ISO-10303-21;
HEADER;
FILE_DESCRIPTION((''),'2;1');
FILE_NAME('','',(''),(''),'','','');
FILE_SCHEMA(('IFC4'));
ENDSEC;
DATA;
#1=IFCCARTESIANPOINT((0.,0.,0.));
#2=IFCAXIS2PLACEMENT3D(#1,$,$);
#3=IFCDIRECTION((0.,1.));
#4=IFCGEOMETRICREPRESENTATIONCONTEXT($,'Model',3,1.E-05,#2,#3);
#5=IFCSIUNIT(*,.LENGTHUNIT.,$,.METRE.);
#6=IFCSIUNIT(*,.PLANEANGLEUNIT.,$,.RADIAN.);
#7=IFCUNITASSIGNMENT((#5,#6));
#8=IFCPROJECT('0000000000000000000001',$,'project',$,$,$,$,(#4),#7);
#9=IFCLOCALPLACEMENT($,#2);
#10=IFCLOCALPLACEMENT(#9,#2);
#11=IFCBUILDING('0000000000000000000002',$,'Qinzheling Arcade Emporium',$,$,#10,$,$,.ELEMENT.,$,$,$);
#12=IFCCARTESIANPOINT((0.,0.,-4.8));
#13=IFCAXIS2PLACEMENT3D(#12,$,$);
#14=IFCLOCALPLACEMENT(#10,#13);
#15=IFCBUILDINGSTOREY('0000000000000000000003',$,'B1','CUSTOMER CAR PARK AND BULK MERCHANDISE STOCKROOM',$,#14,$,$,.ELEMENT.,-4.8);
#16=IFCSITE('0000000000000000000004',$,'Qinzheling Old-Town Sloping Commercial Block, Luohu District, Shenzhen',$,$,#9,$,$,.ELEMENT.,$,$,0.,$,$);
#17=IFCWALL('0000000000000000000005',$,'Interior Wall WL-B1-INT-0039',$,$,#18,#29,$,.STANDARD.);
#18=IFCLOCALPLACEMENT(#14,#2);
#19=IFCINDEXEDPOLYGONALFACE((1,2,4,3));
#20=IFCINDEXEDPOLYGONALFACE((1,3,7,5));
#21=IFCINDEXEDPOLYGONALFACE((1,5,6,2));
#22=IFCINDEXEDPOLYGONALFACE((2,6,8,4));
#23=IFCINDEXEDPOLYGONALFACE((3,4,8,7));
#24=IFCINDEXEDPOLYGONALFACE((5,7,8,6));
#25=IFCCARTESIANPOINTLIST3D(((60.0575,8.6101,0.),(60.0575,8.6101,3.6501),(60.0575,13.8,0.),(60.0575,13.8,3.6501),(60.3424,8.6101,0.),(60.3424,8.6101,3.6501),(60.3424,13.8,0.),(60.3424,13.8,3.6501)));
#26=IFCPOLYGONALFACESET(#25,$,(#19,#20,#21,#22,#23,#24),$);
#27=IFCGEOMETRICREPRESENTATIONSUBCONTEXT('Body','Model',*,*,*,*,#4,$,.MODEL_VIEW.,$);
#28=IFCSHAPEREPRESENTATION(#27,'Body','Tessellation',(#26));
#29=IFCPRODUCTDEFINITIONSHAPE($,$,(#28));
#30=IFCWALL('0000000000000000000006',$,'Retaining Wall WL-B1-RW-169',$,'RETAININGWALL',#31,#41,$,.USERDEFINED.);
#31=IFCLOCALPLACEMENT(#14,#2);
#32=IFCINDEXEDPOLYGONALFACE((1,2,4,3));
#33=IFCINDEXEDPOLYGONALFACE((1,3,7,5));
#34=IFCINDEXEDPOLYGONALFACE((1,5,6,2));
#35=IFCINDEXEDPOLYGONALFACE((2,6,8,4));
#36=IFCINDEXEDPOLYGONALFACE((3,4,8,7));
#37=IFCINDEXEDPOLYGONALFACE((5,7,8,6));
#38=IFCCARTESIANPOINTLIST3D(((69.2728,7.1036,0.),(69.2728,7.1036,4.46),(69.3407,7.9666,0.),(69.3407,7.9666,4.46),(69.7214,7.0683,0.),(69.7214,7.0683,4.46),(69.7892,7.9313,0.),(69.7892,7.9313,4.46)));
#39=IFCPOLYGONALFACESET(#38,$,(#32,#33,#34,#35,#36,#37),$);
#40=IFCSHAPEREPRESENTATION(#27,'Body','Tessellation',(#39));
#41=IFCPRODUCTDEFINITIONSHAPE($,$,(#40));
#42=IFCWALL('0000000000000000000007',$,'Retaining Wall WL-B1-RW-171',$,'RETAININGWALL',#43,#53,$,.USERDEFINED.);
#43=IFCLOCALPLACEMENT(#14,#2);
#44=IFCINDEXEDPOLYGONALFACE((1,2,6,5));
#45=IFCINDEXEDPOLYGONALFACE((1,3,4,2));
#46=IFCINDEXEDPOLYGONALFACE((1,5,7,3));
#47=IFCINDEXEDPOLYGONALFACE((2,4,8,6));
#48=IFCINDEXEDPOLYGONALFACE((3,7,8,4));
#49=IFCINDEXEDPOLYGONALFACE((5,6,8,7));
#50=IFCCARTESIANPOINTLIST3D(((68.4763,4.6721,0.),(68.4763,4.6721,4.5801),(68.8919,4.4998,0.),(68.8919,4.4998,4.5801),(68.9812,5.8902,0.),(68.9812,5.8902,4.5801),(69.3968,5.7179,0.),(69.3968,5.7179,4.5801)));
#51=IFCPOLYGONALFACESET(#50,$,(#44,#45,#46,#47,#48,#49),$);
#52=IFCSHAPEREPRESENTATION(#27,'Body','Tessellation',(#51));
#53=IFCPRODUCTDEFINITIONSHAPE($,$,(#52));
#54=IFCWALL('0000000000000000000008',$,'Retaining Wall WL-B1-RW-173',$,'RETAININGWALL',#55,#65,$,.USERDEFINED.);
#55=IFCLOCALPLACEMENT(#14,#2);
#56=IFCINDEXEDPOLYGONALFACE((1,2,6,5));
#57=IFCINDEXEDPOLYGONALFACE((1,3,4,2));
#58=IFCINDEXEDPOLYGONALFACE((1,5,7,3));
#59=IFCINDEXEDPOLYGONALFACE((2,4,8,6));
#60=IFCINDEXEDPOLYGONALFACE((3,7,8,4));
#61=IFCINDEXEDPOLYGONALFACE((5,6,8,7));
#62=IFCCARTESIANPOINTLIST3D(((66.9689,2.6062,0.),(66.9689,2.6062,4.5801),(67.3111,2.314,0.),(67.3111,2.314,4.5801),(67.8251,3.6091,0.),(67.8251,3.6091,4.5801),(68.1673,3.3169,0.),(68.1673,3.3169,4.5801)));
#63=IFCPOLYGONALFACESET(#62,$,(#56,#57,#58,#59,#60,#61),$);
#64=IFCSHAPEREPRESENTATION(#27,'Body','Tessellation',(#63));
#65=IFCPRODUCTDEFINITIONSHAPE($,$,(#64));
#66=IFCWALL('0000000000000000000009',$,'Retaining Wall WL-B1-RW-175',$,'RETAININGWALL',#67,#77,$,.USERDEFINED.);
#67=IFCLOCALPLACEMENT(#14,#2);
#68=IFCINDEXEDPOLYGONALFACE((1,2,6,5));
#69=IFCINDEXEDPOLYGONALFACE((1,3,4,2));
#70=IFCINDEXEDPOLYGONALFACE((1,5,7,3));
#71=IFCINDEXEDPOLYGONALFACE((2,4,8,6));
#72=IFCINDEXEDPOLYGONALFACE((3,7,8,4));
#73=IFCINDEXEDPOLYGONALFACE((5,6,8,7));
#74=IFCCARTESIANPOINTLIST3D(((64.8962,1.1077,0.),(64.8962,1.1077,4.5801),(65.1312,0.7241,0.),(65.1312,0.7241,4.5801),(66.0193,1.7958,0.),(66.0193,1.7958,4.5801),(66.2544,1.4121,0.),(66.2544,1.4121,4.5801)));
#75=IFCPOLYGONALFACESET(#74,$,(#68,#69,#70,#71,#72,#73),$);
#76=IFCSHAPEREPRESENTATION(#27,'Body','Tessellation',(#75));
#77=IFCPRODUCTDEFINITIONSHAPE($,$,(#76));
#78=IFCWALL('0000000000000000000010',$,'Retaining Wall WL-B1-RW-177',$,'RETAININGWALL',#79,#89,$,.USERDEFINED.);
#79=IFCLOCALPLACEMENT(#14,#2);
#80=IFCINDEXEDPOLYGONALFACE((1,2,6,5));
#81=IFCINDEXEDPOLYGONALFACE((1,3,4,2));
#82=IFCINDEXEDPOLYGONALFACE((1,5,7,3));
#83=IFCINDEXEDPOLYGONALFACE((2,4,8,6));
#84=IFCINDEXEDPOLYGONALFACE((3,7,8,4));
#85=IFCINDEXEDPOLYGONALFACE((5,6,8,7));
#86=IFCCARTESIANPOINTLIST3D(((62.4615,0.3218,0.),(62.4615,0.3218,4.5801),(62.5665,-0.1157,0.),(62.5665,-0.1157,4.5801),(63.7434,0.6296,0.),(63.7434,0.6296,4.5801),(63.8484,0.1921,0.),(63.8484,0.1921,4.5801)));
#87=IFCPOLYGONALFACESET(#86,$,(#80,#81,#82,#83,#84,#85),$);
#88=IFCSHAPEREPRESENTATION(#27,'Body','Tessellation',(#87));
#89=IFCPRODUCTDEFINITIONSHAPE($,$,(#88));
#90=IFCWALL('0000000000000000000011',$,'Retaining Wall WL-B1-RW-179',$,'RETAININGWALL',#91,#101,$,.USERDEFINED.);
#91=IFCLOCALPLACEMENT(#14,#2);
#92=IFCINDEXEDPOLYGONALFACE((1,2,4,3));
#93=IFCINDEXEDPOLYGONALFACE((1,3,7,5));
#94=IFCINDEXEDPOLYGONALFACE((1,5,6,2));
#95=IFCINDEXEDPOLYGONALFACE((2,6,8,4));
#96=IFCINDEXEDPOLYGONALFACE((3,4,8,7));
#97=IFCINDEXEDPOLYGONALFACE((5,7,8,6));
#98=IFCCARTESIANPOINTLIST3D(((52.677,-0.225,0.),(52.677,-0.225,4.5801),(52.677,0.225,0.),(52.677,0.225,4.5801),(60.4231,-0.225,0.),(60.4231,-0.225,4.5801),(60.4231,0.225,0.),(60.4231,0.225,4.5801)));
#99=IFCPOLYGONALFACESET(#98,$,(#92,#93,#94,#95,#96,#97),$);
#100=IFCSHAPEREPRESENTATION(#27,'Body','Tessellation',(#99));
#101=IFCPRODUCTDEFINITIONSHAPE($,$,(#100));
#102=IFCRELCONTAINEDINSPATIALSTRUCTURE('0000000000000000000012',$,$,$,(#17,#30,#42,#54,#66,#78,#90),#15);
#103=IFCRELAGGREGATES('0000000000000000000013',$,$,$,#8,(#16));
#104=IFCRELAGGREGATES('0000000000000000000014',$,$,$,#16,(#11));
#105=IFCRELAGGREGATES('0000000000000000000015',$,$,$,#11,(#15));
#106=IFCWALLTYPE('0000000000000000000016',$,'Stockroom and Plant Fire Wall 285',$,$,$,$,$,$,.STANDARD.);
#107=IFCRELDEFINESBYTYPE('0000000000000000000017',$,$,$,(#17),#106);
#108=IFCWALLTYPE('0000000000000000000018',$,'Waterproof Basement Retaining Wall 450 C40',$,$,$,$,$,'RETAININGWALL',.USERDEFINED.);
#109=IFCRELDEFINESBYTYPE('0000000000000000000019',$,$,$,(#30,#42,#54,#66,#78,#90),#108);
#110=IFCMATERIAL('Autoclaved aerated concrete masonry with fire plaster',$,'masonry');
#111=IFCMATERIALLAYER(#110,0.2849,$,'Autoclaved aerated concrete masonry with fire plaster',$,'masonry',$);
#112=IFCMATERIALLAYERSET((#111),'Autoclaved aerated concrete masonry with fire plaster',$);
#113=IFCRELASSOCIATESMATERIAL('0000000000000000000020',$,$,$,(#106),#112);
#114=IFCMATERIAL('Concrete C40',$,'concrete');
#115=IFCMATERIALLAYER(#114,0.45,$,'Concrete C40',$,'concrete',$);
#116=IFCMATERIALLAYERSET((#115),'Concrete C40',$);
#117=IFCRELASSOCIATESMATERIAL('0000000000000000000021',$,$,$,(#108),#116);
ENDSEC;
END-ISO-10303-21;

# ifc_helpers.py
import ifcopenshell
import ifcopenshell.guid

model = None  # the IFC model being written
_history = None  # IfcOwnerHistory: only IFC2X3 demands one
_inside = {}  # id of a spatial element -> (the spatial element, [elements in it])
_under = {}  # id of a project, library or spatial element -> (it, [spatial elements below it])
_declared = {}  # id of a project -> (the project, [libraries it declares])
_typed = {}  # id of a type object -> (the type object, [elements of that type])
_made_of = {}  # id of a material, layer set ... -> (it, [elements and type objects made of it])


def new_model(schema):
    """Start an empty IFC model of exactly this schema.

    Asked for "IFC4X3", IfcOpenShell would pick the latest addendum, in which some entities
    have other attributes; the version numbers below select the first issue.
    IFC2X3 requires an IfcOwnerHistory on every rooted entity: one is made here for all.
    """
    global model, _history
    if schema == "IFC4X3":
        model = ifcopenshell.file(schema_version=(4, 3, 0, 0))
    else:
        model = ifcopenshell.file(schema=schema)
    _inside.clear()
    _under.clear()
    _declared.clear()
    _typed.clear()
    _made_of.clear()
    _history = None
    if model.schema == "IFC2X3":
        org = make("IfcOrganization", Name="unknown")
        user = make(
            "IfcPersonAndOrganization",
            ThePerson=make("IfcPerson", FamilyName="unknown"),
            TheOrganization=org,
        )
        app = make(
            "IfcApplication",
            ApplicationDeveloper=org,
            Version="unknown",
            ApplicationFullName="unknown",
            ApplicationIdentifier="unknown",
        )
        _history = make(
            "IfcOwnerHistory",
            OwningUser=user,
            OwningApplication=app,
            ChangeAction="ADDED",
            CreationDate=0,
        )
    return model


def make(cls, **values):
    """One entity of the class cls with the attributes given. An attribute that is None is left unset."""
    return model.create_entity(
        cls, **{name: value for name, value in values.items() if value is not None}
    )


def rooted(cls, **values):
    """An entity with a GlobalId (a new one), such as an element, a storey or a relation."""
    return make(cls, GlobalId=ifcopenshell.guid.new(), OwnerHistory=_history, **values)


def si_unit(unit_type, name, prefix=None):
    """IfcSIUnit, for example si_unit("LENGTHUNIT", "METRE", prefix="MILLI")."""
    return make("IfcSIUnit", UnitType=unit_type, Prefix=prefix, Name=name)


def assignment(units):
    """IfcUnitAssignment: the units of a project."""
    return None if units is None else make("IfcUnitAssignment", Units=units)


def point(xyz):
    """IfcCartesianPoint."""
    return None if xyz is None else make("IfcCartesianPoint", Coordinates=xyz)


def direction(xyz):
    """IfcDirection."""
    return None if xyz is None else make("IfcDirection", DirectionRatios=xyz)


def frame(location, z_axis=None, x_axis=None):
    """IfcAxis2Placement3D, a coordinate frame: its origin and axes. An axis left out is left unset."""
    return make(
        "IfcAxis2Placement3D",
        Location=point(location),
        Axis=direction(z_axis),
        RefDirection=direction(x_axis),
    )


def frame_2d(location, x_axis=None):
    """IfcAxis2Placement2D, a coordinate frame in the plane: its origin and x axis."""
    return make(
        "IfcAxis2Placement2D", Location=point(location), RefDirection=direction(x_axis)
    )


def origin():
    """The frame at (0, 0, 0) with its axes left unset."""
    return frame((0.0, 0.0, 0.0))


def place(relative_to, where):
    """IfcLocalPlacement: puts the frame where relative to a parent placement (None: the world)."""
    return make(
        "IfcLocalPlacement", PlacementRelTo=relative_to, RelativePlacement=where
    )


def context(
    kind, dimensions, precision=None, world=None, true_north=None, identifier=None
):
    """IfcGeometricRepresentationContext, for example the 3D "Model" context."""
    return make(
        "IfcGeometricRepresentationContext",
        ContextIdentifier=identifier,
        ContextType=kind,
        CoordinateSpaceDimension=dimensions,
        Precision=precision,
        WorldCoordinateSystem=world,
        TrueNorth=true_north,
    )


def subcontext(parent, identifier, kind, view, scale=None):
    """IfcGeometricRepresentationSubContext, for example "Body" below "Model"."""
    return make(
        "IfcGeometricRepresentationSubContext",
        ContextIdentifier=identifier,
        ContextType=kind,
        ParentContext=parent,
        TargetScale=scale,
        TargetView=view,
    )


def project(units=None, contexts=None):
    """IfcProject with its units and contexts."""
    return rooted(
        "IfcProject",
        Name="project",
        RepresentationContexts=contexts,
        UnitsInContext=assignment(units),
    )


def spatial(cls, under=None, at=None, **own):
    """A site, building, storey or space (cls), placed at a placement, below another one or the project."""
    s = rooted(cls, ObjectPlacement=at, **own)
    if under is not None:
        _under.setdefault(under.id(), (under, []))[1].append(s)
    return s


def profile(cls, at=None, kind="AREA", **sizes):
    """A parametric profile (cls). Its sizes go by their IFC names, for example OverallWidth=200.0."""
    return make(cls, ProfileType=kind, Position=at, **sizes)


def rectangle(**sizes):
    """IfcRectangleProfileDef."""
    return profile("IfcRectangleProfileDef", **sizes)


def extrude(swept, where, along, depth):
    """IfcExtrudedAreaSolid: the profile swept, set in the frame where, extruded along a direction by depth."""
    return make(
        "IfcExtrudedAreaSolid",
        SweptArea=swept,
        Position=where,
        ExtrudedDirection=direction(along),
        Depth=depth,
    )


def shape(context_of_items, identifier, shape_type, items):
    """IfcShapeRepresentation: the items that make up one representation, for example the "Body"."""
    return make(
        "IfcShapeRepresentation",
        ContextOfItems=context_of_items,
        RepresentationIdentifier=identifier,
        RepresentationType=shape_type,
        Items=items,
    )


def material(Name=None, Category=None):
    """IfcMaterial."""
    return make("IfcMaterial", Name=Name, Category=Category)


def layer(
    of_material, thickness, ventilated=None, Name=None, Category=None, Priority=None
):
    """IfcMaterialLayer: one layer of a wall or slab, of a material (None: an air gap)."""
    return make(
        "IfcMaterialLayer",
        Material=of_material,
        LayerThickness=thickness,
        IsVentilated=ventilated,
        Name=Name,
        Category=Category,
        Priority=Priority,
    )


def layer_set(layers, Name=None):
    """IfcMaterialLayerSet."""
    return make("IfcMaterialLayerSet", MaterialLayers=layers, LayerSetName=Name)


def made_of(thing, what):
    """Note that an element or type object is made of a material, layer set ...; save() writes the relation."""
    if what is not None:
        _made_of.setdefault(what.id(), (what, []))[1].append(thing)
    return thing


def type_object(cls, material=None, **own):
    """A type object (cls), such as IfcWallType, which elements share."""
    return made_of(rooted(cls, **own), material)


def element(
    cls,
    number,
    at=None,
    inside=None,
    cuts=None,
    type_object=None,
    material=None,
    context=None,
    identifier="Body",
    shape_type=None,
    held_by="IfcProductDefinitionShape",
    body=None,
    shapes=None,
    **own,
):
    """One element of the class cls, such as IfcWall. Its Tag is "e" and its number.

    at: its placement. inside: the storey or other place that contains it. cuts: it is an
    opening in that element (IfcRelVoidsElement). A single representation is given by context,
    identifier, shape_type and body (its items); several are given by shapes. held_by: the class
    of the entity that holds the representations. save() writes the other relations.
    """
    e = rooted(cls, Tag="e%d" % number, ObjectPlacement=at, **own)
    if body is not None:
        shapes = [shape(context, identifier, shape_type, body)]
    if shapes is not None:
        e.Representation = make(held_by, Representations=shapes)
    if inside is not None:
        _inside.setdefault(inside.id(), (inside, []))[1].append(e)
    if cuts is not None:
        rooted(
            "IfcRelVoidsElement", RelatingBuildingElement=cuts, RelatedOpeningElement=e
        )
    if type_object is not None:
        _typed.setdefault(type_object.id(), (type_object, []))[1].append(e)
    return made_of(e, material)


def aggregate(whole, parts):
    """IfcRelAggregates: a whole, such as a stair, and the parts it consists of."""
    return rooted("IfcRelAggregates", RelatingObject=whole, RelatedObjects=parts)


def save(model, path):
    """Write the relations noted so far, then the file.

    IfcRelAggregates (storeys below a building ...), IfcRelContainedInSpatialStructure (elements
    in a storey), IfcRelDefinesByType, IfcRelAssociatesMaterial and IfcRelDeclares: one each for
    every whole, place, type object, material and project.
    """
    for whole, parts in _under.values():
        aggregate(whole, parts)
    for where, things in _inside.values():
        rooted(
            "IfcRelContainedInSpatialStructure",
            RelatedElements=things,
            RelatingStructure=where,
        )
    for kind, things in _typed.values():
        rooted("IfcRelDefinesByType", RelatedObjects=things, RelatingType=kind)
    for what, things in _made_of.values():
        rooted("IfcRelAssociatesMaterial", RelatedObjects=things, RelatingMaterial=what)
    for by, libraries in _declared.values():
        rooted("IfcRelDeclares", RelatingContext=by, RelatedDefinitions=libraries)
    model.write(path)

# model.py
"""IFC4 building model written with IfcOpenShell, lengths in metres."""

from ifc_helpers import new_model, si_unit, direction, frame, frame_2d, origin, place, context, subcontext, project, spatial, rectangle, extrude, material, layer, layer_set, type_object, element, save


model = new_model("IFC4")

# Units and contexts
model_context = context("Model", 3, precision=1e-05, world=origin(), true_north=direction((0.0, 1.0)))
body_context = subcontext(model_context, "Body", "Model", "MODEL_VIEW")
ifc_project = project(units=[si_unit("LENGTHUNIT", "METRE"), si_unit("PLANEANGLEUNIT", "RADIAN")], contexts=[model_context])

# Site, building, storey
site_placement = place(None, origin())
site = spatial("IfcSite", under=ifc_project, at=site_placement, Name="Qinzheling Old-Town Sloping Commercial Block, Luohu District, Shenzhen", CompositionType="ELEMENT", RefElevation=0.0)
building_placement = place(site_placement, origin())
building = spatial("IfcBuilding", under=site, at=building_placement, Name="Qinzheling Arcade Emporium", CompositionType="ELEMENT")
storey_placement = place(building_placement, frame((0.0, 0.0, -4.8)))
storey = spatial("IfcBuildingStorey", under=building, at=storey_placement, Name="B1", Description="CUSTOMER CAR PARK AND BULK MERCHANDISE STOCKROOM", CompositionType="ELEMENT", Elevation=-4.8)

# Shared definitions
ifc_material_1 = material(Name="Concrete C40", Category="concrete")

# Walls
ifc_material_2 = material(Name="Autoclaved aerated concrete masonry with fire plaster", Category="masonry")
ifc_layer_1 = layer(ifc_material_2, 0.2849, Name="Autoclaved aerated concrete masonry with fire plaster", Category="masonry")
ifc_layer_set_1 = layer_set([ifc_layer_1], Name="Autoclaved aerated concrete masonry with fire plaster")
wall_type_1 = type_object("IfcWallType", Name="Stockroom and Plant Fire Wall 285", PredefinedType="STANDARD", material=ifc_layer_set_1)
wall_1_placement = place(storey_placement, frame((60.2, 8.6101, 0.0), z_axis=(0.0, 0.0, 1.0), x_axis=(0.0, 1.0, 0.0)))
element("IfcWall", 1, at=wall_1_placement, inside=storey, type_object=wall_type_1, Name="Interior Wall WL-B1-INT-0039", PredefinedType="STANDARD", context=body_context, shape_type="SweptSolid", body=[
    extrude(rectangle(XDim=5.1899, YDim=0.2849, at=frame_2d((2.595, 0.0))), origin(), (0.0, 0.0, 1.0), 3.6501),
])
ifc_layer_2 = layer(ifc_material_1, 0.45, Name="Concrete C40", Category="concrete")
ifc_layer_set_2 = layer_set([ifc_layer_2], Name="Concrete C40")
wall_type_2 = type_object("IfcWallType", Name="Waterproof Basement Retaining Wall 450 C40", ElementType="RETAININGWALL", PredefinedType="USERDEFINED", material=ifc_layer_set_2)
wall_2_placement = place(storey_placement, frame((69.5649, 7.949, 0.0), z_axis=(0.0, 0.0, 1.0), x_axis=(-0.0784, -0.996922, 0.0)))
element("IfcWall", 2, at=wall_2_placement, inside=storey, type_object=wall_type_2, Name="Retaining Wall WL-B1-RW-169", ObjectType="RETAININGWALL", PredefinedType="USERDEFINED", context=body_context, shape_type="SweptSolid", body=[
    extrude(rectangle(XDim=0.8657, YDim=0.45, at=frame_2d((0.4329, 0.0))), origin(), (0.0, 0.0, 1.0), 4.46),
])
for number, where, z_axis, x_axis, name in (
    (3, (69.189, 5.804, 0.0), (0.0, 0.0, 1.0), (-0.382919, -0.923782, 0.0), "Retaining Wall WL-B1-RW-171"),
    (4, (67.9961, 3.4629, 0.0), (0.0, 0.0, 1.0), (-0.649281, -0.760549, 0.0), "Retaining Wall WL-B1-RW-173"),
):
    element("IfcWall", number, at=place(storey_placement, frame(where, z_axis=z_axis, x_axis=x_axis)), inside=storey, type_object=wall_type_2, Name=name, ObjectType="RETAININGWALL", PredefinedType="USERDEFINED", context=body_context, shape_type="SweptSolid", body=[
        extrude(rectangle(XDim=1.3186, YDim=0.45, at=frame_2d((0.6592, 0.0))), origin(), (0.0, 0.0, 1.0), 4.5801),
    ])
wall_3_placement = place(storey_placement, frame((66.137, 1.604, 0.0), z_axis=(0.0, 0.0, 1.0), x_axis=(-0.852713, -0.522379, 0.0)))
element("IfcWall", 5, at=wall_3_placement, inside=storey, type_object=wall_type_2, Name="Retaining Wall WL-B1-RW-175", ObjectType="RETAININGWALL", PredefinedType="USERDEFINED", context=body_context, shape_type="SweptSolid", body=[
    extrude(rectangle(XDim=1.3171, YDim=0.45, at=frame_2d((0.6587, 0.0))), origin(), (0.0, 0.0, 1.0), 4.5801),
])
wall_4_placement = place(storey_placement, frame((63.7959, 0.4109, 0.0), z_axis=(0.0, 0.0, 1.0), x_axis=(-0.972355, -0.233506, 0.0)))
element("IfcWall", 6, at=wall_4_placement, inside=storey, type_object=wall_type_2, Name="Retaining Wall WL-B1-RW-177", ObjectType="RETAININGWALL", PredefinedType="USERDEFINED", context=body_context, shape_type="SweptSolid", body=[
    extrude(rectangle(XDim=1.3184, YDim=0.45, at=frame_2d((0.6592, 0.0))), origin(), (0.0, 0.0, 1.0), 4.5801),
])
wall_5_placement = place(storey_placement, frame((60.4231, 0.0, 0.0), z_axis=(0.0, 0.0, 1.0), x_axis=(-1.0, 0.0, 0.0)))
element("IfcWall", 7, at=wall_5_placement, inside=storey, type_object=wall_type_2, Name="Retaining Wall WL-B1-RW-179", ObjectType="RETAININGWALL", PredefinedType="USERDEFINED", context=body_context, shape_type="SweptSolid", body=[
    extrude(rectangle(XDim=7.7461, YDim=0.45, at=frame_2d((3.873, 0.0))), origin(), (0.0, 0.0, 1.0), 4.5801),
])

save(model, "model.ifc")
